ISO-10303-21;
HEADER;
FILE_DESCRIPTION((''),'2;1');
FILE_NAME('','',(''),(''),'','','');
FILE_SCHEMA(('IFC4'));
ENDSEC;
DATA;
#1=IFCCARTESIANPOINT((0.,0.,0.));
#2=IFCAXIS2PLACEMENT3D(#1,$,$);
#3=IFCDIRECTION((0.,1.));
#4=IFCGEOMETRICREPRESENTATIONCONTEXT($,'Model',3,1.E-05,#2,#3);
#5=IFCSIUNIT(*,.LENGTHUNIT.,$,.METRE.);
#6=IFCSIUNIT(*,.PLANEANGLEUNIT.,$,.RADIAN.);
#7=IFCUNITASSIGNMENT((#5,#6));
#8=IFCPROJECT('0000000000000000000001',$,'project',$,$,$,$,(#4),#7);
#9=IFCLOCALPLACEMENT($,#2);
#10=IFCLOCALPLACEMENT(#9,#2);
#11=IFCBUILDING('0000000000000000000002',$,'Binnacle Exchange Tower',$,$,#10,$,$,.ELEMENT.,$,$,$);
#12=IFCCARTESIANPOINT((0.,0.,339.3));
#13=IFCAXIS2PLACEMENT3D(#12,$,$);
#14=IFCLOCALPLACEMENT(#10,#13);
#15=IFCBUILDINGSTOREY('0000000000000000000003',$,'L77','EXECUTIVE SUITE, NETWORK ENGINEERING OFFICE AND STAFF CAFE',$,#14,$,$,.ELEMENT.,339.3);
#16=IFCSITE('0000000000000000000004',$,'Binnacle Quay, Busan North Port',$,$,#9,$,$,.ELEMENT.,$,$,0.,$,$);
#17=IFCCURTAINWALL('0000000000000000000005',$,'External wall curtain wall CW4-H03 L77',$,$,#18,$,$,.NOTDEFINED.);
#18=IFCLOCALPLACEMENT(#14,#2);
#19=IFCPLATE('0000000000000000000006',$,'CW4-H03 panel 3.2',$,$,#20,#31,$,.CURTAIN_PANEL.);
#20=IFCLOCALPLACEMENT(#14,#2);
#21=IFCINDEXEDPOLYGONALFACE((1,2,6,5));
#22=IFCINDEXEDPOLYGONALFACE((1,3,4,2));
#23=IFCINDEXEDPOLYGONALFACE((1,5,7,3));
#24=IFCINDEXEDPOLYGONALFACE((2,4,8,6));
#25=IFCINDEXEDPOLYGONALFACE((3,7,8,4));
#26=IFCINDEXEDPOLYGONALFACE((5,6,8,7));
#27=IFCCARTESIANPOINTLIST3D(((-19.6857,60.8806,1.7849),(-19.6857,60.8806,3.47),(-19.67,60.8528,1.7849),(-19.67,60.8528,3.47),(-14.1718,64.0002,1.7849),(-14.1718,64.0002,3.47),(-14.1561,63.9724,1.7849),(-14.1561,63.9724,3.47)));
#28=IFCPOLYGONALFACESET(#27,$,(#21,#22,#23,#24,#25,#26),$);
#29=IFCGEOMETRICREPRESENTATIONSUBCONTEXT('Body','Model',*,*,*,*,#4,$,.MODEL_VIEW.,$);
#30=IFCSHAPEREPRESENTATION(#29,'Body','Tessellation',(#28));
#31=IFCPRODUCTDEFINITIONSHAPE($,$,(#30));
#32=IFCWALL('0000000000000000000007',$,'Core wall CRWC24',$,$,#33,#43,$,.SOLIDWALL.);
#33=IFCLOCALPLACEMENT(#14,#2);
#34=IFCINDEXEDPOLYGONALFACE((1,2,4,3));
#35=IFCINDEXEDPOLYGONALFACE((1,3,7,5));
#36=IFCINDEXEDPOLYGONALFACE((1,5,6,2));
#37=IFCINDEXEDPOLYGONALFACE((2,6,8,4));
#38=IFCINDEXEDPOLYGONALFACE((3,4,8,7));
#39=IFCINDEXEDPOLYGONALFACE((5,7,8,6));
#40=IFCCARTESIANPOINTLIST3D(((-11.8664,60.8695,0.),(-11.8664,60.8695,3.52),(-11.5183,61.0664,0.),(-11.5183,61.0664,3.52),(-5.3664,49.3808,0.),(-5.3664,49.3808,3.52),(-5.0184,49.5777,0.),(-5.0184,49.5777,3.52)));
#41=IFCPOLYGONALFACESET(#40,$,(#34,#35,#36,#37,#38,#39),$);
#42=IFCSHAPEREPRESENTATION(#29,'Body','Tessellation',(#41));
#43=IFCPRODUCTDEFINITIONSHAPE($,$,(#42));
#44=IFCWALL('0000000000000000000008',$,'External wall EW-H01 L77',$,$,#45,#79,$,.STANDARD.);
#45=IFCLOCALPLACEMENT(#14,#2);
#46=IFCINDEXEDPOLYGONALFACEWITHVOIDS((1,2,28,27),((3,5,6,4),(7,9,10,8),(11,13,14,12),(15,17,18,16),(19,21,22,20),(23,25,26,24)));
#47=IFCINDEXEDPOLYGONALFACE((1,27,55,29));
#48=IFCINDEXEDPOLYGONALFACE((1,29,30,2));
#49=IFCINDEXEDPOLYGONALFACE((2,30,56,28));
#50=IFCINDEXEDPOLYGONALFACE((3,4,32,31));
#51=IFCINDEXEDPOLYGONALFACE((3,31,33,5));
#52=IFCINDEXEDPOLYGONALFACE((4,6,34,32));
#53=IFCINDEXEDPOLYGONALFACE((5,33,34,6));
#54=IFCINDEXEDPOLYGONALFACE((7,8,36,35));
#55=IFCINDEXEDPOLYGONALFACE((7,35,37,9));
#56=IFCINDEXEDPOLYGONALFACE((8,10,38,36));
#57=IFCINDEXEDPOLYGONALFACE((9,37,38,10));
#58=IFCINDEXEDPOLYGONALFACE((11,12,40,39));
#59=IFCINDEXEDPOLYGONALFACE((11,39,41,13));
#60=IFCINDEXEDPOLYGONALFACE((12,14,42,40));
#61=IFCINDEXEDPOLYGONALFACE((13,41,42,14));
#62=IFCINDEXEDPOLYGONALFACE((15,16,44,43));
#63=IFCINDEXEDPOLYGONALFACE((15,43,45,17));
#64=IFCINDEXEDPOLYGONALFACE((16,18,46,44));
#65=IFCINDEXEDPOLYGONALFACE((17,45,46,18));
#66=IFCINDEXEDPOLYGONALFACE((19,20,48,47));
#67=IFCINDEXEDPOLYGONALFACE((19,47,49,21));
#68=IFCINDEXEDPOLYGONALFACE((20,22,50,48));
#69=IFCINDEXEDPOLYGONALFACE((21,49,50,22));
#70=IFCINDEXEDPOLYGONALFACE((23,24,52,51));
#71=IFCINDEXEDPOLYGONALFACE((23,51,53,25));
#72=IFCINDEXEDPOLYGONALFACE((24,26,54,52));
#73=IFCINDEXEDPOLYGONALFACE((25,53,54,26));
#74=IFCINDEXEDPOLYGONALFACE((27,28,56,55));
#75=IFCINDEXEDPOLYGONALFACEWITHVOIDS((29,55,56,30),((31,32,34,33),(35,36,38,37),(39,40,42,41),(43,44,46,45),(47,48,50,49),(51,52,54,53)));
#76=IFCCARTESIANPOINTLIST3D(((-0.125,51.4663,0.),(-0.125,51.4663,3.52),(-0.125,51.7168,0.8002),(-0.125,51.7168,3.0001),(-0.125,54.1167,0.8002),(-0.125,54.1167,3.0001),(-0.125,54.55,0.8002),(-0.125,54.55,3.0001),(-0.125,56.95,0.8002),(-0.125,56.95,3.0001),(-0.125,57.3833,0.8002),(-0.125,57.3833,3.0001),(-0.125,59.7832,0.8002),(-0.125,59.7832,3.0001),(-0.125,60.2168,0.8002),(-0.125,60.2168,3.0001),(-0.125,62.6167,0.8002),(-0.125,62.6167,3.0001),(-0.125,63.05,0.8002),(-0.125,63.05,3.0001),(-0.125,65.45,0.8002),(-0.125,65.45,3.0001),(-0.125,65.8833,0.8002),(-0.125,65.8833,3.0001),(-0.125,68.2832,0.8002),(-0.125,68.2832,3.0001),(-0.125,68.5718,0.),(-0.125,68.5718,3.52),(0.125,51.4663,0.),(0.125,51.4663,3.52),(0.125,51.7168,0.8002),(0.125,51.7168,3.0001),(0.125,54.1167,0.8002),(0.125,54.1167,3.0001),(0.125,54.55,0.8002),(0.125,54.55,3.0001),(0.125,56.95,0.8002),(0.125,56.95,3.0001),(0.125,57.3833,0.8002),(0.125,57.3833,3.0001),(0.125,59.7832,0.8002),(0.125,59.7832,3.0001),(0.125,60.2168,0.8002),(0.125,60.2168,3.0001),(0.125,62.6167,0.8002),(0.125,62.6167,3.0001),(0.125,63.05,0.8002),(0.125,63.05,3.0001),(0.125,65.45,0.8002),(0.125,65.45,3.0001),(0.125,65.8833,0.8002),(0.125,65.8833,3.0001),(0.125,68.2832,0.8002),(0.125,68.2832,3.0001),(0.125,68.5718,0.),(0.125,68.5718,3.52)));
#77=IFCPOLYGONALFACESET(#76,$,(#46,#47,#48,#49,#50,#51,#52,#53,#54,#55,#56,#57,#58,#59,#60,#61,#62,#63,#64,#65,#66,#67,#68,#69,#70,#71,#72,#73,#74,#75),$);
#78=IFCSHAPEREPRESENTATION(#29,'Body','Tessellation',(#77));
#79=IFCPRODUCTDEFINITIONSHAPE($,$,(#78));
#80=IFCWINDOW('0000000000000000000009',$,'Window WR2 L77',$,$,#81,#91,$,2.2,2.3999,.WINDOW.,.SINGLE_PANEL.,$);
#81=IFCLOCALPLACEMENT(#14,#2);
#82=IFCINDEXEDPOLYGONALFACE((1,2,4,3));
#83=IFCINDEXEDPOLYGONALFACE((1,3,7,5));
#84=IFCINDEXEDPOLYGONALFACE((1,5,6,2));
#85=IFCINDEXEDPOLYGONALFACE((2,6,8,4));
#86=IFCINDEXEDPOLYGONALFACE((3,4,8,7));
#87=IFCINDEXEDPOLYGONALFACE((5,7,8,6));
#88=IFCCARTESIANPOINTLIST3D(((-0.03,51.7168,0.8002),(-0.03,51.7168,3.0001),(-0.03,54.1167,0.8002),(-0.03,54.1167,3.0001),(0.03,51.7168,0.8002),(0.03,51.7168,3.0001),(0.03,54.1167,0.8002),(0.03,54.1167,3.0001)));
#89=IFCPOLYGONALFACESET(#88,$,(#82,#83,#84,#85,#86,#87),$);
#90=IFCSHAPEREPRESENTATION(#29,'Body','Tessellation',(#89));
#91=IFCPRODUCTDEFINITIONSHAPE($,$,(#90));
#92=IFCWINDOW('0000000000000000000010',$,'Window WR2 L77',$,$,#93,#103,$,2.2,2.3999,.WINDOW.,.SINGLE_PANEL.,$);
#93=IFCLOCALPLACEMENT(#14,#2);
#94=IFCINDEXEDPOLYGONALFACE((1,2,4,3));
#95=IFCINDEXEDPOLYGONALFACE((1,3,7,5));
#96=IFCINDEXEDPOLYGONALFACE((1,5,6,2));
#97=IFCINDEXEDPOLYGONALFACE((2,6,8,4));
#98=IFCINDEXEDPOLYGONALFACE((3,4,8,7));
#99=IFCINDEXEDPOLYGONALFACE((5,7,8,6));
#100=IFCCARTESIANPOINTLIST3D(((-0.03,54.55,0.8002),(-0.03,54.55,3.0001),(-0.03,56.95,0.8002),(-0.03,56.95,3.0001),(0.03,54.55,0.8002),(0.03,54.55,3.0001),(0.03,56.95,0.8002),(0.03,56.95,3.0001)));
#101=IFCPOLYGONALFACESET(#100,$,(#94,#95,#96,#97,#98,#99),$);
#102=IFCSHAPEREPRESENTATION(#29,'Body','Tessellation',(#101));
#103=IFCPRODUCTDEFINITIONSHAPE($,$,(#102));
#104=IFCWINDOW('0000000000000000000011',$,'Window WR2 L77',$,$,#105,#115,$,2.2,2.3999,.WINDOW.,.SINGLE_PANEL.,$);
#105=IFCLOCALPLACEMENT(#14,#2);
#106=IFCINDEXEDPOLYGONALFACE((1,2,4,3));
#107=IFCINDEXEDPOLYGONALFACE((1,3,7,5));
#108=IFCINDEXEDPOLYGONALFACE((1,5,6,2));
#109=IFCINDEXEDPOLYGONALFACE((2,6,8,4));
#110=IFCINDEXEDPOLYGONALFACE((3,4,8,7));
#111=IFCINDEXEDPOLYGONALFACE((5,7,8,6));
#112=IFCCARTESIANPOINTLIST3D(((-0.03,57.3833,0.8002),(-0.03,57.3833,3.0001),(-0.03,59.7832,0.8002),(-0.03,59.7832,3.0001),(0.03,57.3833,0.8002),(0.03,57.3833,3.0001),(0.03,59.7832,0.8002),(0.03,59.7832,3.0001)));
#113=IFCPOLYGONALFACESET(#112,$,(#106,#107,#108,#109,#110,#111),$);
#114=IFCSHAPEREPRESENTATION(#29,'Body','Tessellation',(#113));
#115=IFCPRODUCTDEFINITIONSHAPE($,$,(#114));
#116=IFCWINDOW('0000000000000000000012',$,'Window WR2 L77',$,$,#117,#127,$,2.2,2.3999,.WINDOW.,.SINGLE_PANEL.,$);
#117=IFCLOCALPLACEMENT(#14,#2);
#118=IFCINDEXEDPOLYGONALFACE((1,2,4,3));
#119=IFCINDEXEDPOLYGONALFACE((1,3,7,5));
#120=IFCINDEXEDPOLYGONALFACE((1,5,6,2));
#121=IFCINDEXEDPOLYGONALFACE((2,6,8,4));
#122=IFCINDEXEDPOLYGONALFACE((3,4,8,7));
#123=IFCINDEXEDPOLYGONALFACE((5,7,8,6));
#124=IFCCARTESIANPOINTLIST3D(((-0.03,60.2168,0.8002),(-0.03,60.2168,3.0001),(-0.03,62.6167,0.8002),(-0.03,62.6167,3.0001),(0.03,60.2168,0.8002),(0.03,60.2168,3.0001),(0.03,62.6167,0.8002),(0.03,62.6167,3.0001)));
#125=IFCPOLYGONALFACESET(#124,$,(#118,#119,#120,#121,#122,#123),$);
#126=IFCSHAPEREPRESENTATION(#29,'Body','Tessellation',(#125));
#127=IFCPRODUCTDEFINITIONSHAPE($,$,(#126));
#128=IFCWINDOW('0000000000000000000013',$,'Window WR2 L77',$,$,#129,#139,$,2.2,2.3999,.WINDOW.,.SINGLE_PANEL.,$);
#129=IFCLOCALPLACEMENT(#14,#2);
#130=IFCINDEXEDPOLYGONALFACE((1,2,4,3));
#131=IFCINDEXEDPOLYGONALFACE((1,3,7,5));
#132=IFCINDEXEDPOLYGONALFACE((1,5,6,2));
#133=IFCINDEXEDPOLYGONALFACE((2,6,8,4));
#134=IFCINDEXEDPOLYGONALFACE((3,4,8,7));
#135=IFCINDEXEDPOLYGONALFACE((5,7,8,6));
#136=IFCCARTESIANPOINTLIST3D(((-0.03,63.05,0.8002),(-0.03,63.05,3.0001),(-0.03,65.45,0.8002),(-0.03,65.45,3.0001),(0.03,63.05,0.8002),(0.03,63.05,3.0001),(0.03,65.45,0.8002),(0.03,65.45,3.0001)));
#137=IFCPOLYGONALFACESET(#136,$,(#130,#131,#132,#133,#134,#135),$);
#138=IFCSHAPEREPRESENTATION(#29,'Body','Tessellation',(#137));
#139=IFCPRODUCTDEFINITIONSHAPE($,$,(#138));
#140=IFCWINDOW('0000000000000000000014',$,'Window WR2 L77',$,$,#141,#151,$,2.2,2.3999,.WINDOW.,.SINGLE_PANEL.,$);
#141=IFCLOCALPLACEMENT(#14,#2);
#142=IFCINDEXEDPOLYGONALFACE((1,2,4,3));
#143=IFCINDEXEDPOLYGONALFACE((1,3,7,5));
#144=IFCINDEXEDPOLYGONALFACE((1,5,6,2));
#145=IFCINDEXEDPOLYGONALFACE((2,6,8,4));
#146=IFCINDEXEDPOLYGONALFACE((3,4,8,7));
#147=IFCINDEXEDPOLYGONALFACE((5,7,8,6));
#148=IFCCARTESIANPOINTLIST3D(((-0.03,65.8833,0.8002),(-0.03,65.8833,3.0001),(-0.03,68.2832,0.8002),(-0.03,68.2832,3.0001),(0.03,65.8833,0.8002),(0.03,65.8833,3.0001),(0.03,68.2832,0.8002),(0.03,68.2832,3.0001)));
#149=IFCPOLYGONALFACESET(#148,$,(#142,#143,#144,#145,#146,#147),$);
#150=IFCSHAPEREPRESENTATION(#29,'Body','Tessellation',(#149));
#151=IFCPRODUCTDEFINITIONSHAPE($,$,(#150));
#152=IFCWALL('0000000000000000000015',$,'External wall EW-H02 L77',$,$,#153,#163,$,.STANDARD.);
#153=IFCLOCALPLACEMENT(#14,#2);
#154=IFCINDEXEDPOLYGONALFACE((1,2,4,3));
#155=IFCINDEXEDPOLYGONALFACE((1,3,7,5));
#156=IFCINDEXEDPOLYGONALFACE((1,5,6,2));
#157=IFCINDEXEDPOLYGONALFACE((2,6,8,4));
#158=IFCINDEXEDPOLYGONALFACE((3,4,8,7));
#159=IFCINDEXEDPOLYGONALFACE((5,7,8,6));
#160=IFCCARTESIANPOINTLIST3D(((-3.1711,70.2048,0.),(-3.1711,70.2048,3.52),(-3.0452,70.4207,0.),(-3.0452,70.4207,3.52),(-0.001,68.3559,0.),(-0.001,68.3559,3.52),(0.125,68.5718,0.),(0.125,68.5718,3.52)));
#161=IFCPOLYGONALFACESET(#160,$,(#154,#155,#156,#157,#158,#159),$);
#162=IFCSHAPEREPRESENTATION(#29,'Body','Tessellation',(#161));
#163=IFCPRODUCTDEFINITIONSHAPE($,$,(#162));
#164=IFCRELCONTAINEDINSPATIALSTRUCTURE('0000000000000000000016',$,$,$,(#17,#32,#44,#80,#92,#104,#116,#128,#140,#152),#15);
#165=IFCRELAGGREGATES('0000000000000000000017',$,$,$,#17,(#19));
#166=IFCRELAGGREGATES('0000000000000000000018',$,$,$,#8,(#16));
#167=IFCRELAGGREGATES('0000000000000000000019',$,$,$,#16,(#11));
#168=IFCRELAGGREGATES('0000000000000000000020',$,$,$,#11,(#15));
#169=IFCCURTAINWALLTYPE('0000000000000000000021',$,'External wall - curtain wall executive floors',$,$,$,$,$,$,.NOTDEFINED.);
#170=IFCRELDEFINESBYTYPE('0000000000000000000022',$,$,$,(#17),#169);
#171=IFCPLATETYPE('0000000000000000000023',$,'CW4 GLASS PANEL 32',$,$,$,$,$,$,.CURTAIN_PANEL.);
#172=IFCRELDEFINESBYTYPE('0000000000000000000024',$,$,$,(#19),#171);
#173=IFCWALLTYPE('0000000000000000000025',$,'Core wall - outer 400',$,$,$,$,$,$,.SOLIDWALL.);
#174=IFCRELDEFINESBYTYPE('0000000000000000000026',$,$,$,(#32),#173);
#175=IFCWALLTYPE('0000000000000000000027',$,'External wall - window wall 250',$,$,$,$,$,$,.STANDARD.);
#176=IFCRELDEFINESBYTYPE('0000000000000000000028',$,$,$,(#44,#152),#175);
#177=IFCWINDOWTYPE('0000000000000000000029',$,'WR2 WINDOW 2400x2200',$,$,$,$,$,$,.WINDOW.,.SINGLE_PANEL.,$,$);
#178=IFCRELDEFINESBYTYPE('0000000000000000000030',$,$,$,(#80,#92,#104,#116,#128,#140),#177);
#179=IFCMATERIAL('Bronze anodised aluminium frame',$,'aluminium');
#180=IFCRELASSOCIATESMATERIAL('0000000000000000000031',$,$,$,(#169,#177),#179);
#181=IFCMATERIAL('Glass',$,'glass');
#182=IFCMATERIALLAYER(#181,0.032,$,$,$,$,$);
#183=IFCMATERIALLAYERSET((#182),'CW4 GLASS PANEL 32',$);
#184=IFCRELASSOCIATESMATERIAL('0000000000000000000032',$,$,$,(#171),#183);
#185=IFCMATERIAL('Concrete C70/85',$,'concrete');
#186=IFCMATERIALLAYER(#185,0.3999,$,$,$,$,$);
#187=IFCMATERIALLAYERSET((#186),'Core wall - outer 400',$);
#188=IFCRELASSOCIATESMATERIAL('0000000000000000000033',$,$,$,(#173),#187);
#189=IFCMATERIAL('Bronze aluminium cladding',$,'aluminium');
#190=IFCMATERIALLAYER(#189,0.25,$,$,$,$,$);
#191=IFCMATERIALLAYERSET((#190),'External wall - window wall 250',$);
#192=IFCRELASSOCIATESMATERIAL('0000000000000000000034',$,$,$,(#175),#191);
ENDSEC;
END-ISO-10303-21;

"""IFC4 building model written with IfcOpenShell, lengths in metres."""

from ifc_helpers import new_model, si_unit, direction, frame, frame_2d, origin, origin_2d, place, context, subcontext, project, spatial, rectangle, extrude, material, layer, layer_set, type_object, element, fill, aggregate, save


model = new_model("IFC4")

# Units and contexts
model_context = context("Model", 3, precision=1e-05, world=origin(), true_north=direction((0.0, 1.0)))
body_context = subcontext(model_context, "Body", "Model", "MODEL_VIEW")
ifc_project = project(units=[si_unit("LENGTHUNIT", "METRE"), si_unit("PLANEANGLEUNIT", "RADIAN")], contexts=[model_context])

# Site, building, storey
site_placement = place(None, origin())
site = spatial("IfcSite", under=ifc_project, at=site_placement, Name="Binnacle Quay, Busan North Port", CompositionType="ELEMENT", RefElevation=0.0)
building_placement = place(site_placement, origin())
building = spatial("IfcBuilding", under=site, at=building_placement, Name="Binnacle Exchange Tower", CompositionType="ELEMENT")
storey_placement = place(building_placement, frame((0.0, 0.0, 339.3)))
storey = spatial("IfcBuildingStorey", under=building, at=storey_placement, Name="L77", Description="EXECUTIVE SUITE, NETWORK ENGINEERING OFFICE AND STAFF CAFE", CompositionType="ELEMENT", Elevation=339.3)

# Curtain wall
ifc_material_1 = material(Name="Bronze anodised aluminium frame", Category="aluminium")
curtain_wall_type = type_object("IfcCurtainWallType", Name="External wall - curtain wall executive floors", PredefinedType="NOTDEFINED", material=ifc_material_1)
curtain_wall_placement = place(storey_placement, origin())
curtain_wall = element("IfcCurtainWall", 1, at=curtain_wall_placement, inside=storey, type_object=curtain_wall_type, Name="External wall curtain wall CW4-H03 L77", PredefinedType="NOTDEFINED")

# Plate
ifc_material_2 = material(Name="Glass", Category="glass")
ifc_layer_1 = layer(ifc_material_2, 0.032)
ifc_layer_set_1 = layer_set([ifc_layer_1], Name="CW4 GLASS PANEL 32")
plate_type = type_object("IfcPlateType", Name="CW4 GLASS PANEL 32", PredefinedType="CURTAIN_PANEL", material=ifc_layer_set_1)
plate_1_placement = place(storey_placement, frame((-16.9209, 62.4265, 1.7849), z_axis=(0.0, 0.0, 1.0), x_axis=(-0.870356, -0.492424, 0.0)))
plate_1 = element("IfcPlate", 2, at=plate_1_placement, type_object=plate_type, Name="CW4-H03 panel 3.2", PredefinedType="CURTAIN_PANEL", context=body_context, shape_type="SweptSolid", body=[
    extrude(rectangle(XDim=6.3352, YDim=0.032, at=origin_2d()), origin(), (0.0, 0.0, 1.0), 1.6851),
])
aggregate(curtain_wall, [plate_1])

# Wall
ifc_material_3 = material(Name="Concrete C70/85", Category="concrete")
ifc_layer_2 = layer(ifc_material_3, 0.3999)
ifc_layer_set_2 = layer_set([ifc_layer_2], Name="Core wall - outer 400")
wall_type_1 = type_object("IfcWallType", Name="Core wall - outer 400", PredefinedType="SOLIDWALL", material=ifc_layer_set_2)
wall_1_placement = place(storey_placement, frame((-11.6924, 60.968, 0.0), z_axis=(0.0, 0.0, 1.0), x_axis=(0.492422, -0.870357, 0.0)))
element("IfcWall", 3, at=wall_1_placement, inside=storey, type_object=wall_type_1, Name="Core wall CRWC24", PredefinedType="SOLIDWALL", context=body_context, shape_type="SweptSolid", body=[
    extrude(rectangle(XDim=13.2, YDim=0.3999, at=frame_2d((6.6001, 0.0))), origin(), (0.0, 0.0, 1.0), 3.52),
])

# Wall, openings, windows
ifc_material_4 = material(Name="Bronze aluminium cladding", Category="aluminium")
ifc_layer_3 = layer(ifc_material_4, 0.25)
ifc_layer_set_3 = layer_set([ifc_layer_3], Name="External wall - window wall 250")
wall_type_2 = type_object("IfcWallType", Name="External wall - window wall 250", PredefinedType="STANDARD", material=ifc_layer_set_3)
wall_2_placement = place(storey_placement, frame((0.0, 68.5718, 0.0), z_axis=(0.0, 0.0, 1.0), x_axis=(0.0, -1.0, 0.0)))
wall_2 = element("IfcWall", 4, at=wall_2_placement, inside=storey, type_object=wall_type_2, Name="External wall EW-H01 L77", PredefinedType="STANDARD", context=body_context, shape_type="SweptSolid", body=[
    extrude(rectangle(XDim=17.1055, YDim=0.25, at=frame_2d((8.5527, 0.0))), origin(), (0.0, 0.0, 1.0), 3.52),
])
opening_1_placement = place(wall_2_placement, frame((14.4551, 0.0, 0.8)))
opening_1 = element("IfcOpeningElement", 5, at=opening_1_placement, cuts=wall_2, PredefinedType="OPENING", context=body_context, shape_type="SweptSolid", body=[
    extrude(rectangle(XDim=2.3999, YDim=2.2, at=frame_2d((1.2, 1.1001))), frame((0.0, 0.135, 0.0), z_axis=(0.0, -1.0, 0.0), x_axis=(1.0, 0.0, 0.0)), (0.0, 0.0, 1.0), 0.27),
])
opening_2_placement = place(wall_2_placement, frame((11.6218, 0.0, 0.8)))
opening_2 = element("IfcOpeningElement", 6, at=opening_2_placement, cuts=wall_2, PredefinedType="OPENING", context=body_context, shape_type="SweptSolid", body=[
    extrude(rectangle(XDim=2.3999, YDim=2.2, at=frame_2d((1.2, 1.1001))), frame((0.0, 0.135, 0.0), z_axis=(0.0, -1.0, 0.0), x_axis=(1.0, 0.0, 0.0)), (0.0, 0.0, 1.0), 0.27),
])
opening_3_placement = place(wall_2_placement, frame((8.7886, 0.0, 0.8)))
opening_3 = element("IfcOpeningElement", 7, at=opening_3_placement, cuts=wall_2, PredefinedType="OPENING", context=body_context, shape_type="SweptSolid", body=[
    extrude(rectangle(XDim=2.3999, YDim=2.2, at=frame_2d((1.2, 1.1001))), frame((0.0, 0.135, 0.0), z_axis=(0.0, -1.0, 0.0), x_axis=(1.0, 0.0, 0.0)), (0.0, 0.0, 1.0), 0.27),
])
opening_4_placement = place(wall_2_placement, frame((5.9551, 0.0, 0.8)))
opening_4 = element("IfcOpeningElement", 8, at=opening_4_placement, cuts=wall_2, PredefinedType="OPENING", context=body_context, shape_type="SweptSolid", body=[
    extrude(rectangle(XDim=2.3999, YDim=2.2, at=frame_2d((1.2, 1.1001))), frame((0.0, 0.135, 0.0), z_axis=(0.0, -1.0, 0.0), x_axis=(1.0, 0.0, 0.0)), (0.0, 0.0, 1.0), 0.27),
])
opening_5_placement = place(wall_2_placement, frame((3.1218, 0.0, 0.8)))
opening_5 = element("IfcOpeningElement", 9, at=opening_5_placement, cuts=wall_2, PredefinedType="OPENING", context=body_context, shape_type="SweptSolid", body=[
    extrude(rectangle(XDim=2.3999, YDim=2.2, at=frame_2d((1.2, 1.1001))), frame((0.0, 0.135, 0.0), z_axis=(0.0, -1.0, 0.0), x_axis=(1.0, 0.0, 0.0)), (0.0, 0.0, 1.0), 0.27),
])
opening_6_placement = place(wall_2_placement, frame((0.2886, 0.0, 0.8)))
opening_6 = element("IfcOpeningElement", 10, at=opening_6_placement, cuts=wall_2, PredefinedType="OPENING", context=body_context, shape_type="SweptSolid", body=[
    extrude(rectangle(XDim=2.3999, YDim=2.2, at=frame_2d((1.2, 1.1001))), frame((0.0, 0.135, 0.0), z_axis=(0.0, -1.0, 0.0), x_axis=(1.0, 0.0, 0.0)), (0.0, 0.0, 1.0), 0.27),
])
window_type = type_object("IfcWindowType", Name="WR2 WINDOW 2400x2200", PartitioningType="SINGLE_PANEL", PredefinedType="WINDOW", material=ifc_material_1)
window_1_placement = place(opening_1_placement, origin())
window_1 = element("IfcWindow", 11, at=window_1_placement, inside=storey, type_object=window_type, Name="Window WR2 L77", OverallHeight=2.2, OverallWidth=2.3999, PartitioningType="SINGLE_PANEL", PredefinedType="WINDOW", context=body_context, shape_type="SweptSolid", body=[
    extrude(rectangle(XDim=2.3999, YDim=2.2, at=frame_2d((1.2, 1.1001))), frame((0.0, 0.03, 0.0), z_axis=(0.0, -1.0, 0.0), x_axis=(1.0, 0.0, 0.0)), (0.0, 0.0, 1.0), 0.0601),
])
fill(opening_1, window_1)
window_2_placement = place(opening_2_placement, origin())
window_2 = element("IfcWindow", 12, at=window_2_placement, inside=storey, type_object=window_type, Name="Window WR2 L77", OverallHeight=2.2, OverallWidth=2.3999, PartitioningType="SINGLE_PANEL", PredefinedType="WINDOW", context=body_context, shape_type="SweptSolid", body=[
    extrude(rectangle(XDim=2.3999, YDim=2.2, at=frame_2d((1.2, 1.1001))), frame((0.0, 0.03, 0.0), z_axis=(0.0, -1.0, 0.0), x_axis=(1.0, 0.0, 0.0)), (0.0, 0.0, 1.0), 0.0601),
])
fill(opening_2, window_2)
window_3_placement = place(opening_3_placement, origin())
window_3 = element("IfcWindow", 13, at=window_3_placement, inside=storey, type_object=window_type, Name="Window WR2 L77", OverallHeight=2.2, OverallWidth=2.3999, PartitioningType="SINGLE_PANEL", PredefinedType="WINDOW", context=body_context, shape_type="SweptSolid", body=[
    extrude(rectangle(XDim=2.3999, YDim=2.2, at=frame_2d((1.2, 1.1001))), frame((0.0, 0.03, 0.0), z_axis=(0.0, -1.0, 0.0), x_axis=(1.0, 0.0, 0.0)), (0.0, 0.0, 1.0), 0.0601),
])
fill(opening_3, window_3)
window_4_placement = place(opening_4_placement, origin())
window_4 = element("IfcWindow", 14, at=window_4_placement, inside=storey, type_object=window_type, Name="Window WR2 L77", OverallHeight=2.2, OverallWidth=2.3999, PartitioningType="SINGLE_PANEL", PredefinedType="WINDOW", context=body_context, shape_type="SweptSolid", body=[
    extrude(rectangle(XDim=2.3999, YDim=2.2, at=frame_2d((1.2, 1.1001))), frame((0.0, 0.03, 0.0), z_axis=(0.0, -1.0, 0.0), x_axis=(1.0, 0.0, 0.0)), (0.0, 0.0, 1.0), 0.0601),
])
fill(opening_4, window_4)
window_5_placement = place(opening_5_placement, origin())
window_5 = element("IfcWindow", 15, at=window_5_placement, inside=storey, type_object=window_type, Name="Window WR2 L77", OverallHeight=2.2, OverallWidth=2.3999, PartitioningType="SINGLE_PANEL", PredefinedType="WINDOW", context=body_context, shape_type="SweptSolid", body=[
    extrude(rectangle(XDim=2.3999, YDim=2.2, at=frame_2d((1.2, 1.1001))), frame((0.0, 0.03, 0.0), z_axis=(0.0, -1.0, 0.0), x_axis=(1.0, 0.0, 0.0)), (0.0, 0.0, 1.0), 0.0601),
])
fill(opening_5, window_5)
window_6_placement = place(opening_6_placement, origin())
window_6 = element("IfcWindow", 16, at=window_6_placement, inside=storey, type_object=window_type, Name="Window WR2 L77", OverallHeight=2.2, OverallWidth=2.3999, PartitioningType="SINGLE_PANEL", PredefinedType="WINDOW", context=body_context, shape_type="SweptSolid", body=[
    extrude(rectangle(XDim=2.3999, YDim=2.2, at=frame_2d((1.2, 1.1001))), frame((0.0, 0.03, 0.0), z_axis=(0.0, -1.0, 0.0), x_axis=(1.0, 0.0, 0.0)), (0.0, 0.0, 1.0), 0.0601),
])
fill(opening_6, window_6)

# Wall
wall_3_placement = place(storey_placement, frame((-3.1082, 70.3127, 0.0), z_axis=(0.0, 0.0, 1.0), x_axis=(0.863825, -0.503792, 0.0)))
element("IfcWall", 17, at=wall_3_placement, inside=storey, type_object=wall_type_2, Name="External wall EW-H02 L77", PredefinedType="STANDARD", context=body_context, shape_type="SweptSolid", body=[
    extrude(rectangle(XDim=3.6699, YDim=0.25, at=frame_2d((1.835, 0.0))), origin(), (0.0, 0.0, 1.0), 3.52),
])

save(model, "model.ifc")
